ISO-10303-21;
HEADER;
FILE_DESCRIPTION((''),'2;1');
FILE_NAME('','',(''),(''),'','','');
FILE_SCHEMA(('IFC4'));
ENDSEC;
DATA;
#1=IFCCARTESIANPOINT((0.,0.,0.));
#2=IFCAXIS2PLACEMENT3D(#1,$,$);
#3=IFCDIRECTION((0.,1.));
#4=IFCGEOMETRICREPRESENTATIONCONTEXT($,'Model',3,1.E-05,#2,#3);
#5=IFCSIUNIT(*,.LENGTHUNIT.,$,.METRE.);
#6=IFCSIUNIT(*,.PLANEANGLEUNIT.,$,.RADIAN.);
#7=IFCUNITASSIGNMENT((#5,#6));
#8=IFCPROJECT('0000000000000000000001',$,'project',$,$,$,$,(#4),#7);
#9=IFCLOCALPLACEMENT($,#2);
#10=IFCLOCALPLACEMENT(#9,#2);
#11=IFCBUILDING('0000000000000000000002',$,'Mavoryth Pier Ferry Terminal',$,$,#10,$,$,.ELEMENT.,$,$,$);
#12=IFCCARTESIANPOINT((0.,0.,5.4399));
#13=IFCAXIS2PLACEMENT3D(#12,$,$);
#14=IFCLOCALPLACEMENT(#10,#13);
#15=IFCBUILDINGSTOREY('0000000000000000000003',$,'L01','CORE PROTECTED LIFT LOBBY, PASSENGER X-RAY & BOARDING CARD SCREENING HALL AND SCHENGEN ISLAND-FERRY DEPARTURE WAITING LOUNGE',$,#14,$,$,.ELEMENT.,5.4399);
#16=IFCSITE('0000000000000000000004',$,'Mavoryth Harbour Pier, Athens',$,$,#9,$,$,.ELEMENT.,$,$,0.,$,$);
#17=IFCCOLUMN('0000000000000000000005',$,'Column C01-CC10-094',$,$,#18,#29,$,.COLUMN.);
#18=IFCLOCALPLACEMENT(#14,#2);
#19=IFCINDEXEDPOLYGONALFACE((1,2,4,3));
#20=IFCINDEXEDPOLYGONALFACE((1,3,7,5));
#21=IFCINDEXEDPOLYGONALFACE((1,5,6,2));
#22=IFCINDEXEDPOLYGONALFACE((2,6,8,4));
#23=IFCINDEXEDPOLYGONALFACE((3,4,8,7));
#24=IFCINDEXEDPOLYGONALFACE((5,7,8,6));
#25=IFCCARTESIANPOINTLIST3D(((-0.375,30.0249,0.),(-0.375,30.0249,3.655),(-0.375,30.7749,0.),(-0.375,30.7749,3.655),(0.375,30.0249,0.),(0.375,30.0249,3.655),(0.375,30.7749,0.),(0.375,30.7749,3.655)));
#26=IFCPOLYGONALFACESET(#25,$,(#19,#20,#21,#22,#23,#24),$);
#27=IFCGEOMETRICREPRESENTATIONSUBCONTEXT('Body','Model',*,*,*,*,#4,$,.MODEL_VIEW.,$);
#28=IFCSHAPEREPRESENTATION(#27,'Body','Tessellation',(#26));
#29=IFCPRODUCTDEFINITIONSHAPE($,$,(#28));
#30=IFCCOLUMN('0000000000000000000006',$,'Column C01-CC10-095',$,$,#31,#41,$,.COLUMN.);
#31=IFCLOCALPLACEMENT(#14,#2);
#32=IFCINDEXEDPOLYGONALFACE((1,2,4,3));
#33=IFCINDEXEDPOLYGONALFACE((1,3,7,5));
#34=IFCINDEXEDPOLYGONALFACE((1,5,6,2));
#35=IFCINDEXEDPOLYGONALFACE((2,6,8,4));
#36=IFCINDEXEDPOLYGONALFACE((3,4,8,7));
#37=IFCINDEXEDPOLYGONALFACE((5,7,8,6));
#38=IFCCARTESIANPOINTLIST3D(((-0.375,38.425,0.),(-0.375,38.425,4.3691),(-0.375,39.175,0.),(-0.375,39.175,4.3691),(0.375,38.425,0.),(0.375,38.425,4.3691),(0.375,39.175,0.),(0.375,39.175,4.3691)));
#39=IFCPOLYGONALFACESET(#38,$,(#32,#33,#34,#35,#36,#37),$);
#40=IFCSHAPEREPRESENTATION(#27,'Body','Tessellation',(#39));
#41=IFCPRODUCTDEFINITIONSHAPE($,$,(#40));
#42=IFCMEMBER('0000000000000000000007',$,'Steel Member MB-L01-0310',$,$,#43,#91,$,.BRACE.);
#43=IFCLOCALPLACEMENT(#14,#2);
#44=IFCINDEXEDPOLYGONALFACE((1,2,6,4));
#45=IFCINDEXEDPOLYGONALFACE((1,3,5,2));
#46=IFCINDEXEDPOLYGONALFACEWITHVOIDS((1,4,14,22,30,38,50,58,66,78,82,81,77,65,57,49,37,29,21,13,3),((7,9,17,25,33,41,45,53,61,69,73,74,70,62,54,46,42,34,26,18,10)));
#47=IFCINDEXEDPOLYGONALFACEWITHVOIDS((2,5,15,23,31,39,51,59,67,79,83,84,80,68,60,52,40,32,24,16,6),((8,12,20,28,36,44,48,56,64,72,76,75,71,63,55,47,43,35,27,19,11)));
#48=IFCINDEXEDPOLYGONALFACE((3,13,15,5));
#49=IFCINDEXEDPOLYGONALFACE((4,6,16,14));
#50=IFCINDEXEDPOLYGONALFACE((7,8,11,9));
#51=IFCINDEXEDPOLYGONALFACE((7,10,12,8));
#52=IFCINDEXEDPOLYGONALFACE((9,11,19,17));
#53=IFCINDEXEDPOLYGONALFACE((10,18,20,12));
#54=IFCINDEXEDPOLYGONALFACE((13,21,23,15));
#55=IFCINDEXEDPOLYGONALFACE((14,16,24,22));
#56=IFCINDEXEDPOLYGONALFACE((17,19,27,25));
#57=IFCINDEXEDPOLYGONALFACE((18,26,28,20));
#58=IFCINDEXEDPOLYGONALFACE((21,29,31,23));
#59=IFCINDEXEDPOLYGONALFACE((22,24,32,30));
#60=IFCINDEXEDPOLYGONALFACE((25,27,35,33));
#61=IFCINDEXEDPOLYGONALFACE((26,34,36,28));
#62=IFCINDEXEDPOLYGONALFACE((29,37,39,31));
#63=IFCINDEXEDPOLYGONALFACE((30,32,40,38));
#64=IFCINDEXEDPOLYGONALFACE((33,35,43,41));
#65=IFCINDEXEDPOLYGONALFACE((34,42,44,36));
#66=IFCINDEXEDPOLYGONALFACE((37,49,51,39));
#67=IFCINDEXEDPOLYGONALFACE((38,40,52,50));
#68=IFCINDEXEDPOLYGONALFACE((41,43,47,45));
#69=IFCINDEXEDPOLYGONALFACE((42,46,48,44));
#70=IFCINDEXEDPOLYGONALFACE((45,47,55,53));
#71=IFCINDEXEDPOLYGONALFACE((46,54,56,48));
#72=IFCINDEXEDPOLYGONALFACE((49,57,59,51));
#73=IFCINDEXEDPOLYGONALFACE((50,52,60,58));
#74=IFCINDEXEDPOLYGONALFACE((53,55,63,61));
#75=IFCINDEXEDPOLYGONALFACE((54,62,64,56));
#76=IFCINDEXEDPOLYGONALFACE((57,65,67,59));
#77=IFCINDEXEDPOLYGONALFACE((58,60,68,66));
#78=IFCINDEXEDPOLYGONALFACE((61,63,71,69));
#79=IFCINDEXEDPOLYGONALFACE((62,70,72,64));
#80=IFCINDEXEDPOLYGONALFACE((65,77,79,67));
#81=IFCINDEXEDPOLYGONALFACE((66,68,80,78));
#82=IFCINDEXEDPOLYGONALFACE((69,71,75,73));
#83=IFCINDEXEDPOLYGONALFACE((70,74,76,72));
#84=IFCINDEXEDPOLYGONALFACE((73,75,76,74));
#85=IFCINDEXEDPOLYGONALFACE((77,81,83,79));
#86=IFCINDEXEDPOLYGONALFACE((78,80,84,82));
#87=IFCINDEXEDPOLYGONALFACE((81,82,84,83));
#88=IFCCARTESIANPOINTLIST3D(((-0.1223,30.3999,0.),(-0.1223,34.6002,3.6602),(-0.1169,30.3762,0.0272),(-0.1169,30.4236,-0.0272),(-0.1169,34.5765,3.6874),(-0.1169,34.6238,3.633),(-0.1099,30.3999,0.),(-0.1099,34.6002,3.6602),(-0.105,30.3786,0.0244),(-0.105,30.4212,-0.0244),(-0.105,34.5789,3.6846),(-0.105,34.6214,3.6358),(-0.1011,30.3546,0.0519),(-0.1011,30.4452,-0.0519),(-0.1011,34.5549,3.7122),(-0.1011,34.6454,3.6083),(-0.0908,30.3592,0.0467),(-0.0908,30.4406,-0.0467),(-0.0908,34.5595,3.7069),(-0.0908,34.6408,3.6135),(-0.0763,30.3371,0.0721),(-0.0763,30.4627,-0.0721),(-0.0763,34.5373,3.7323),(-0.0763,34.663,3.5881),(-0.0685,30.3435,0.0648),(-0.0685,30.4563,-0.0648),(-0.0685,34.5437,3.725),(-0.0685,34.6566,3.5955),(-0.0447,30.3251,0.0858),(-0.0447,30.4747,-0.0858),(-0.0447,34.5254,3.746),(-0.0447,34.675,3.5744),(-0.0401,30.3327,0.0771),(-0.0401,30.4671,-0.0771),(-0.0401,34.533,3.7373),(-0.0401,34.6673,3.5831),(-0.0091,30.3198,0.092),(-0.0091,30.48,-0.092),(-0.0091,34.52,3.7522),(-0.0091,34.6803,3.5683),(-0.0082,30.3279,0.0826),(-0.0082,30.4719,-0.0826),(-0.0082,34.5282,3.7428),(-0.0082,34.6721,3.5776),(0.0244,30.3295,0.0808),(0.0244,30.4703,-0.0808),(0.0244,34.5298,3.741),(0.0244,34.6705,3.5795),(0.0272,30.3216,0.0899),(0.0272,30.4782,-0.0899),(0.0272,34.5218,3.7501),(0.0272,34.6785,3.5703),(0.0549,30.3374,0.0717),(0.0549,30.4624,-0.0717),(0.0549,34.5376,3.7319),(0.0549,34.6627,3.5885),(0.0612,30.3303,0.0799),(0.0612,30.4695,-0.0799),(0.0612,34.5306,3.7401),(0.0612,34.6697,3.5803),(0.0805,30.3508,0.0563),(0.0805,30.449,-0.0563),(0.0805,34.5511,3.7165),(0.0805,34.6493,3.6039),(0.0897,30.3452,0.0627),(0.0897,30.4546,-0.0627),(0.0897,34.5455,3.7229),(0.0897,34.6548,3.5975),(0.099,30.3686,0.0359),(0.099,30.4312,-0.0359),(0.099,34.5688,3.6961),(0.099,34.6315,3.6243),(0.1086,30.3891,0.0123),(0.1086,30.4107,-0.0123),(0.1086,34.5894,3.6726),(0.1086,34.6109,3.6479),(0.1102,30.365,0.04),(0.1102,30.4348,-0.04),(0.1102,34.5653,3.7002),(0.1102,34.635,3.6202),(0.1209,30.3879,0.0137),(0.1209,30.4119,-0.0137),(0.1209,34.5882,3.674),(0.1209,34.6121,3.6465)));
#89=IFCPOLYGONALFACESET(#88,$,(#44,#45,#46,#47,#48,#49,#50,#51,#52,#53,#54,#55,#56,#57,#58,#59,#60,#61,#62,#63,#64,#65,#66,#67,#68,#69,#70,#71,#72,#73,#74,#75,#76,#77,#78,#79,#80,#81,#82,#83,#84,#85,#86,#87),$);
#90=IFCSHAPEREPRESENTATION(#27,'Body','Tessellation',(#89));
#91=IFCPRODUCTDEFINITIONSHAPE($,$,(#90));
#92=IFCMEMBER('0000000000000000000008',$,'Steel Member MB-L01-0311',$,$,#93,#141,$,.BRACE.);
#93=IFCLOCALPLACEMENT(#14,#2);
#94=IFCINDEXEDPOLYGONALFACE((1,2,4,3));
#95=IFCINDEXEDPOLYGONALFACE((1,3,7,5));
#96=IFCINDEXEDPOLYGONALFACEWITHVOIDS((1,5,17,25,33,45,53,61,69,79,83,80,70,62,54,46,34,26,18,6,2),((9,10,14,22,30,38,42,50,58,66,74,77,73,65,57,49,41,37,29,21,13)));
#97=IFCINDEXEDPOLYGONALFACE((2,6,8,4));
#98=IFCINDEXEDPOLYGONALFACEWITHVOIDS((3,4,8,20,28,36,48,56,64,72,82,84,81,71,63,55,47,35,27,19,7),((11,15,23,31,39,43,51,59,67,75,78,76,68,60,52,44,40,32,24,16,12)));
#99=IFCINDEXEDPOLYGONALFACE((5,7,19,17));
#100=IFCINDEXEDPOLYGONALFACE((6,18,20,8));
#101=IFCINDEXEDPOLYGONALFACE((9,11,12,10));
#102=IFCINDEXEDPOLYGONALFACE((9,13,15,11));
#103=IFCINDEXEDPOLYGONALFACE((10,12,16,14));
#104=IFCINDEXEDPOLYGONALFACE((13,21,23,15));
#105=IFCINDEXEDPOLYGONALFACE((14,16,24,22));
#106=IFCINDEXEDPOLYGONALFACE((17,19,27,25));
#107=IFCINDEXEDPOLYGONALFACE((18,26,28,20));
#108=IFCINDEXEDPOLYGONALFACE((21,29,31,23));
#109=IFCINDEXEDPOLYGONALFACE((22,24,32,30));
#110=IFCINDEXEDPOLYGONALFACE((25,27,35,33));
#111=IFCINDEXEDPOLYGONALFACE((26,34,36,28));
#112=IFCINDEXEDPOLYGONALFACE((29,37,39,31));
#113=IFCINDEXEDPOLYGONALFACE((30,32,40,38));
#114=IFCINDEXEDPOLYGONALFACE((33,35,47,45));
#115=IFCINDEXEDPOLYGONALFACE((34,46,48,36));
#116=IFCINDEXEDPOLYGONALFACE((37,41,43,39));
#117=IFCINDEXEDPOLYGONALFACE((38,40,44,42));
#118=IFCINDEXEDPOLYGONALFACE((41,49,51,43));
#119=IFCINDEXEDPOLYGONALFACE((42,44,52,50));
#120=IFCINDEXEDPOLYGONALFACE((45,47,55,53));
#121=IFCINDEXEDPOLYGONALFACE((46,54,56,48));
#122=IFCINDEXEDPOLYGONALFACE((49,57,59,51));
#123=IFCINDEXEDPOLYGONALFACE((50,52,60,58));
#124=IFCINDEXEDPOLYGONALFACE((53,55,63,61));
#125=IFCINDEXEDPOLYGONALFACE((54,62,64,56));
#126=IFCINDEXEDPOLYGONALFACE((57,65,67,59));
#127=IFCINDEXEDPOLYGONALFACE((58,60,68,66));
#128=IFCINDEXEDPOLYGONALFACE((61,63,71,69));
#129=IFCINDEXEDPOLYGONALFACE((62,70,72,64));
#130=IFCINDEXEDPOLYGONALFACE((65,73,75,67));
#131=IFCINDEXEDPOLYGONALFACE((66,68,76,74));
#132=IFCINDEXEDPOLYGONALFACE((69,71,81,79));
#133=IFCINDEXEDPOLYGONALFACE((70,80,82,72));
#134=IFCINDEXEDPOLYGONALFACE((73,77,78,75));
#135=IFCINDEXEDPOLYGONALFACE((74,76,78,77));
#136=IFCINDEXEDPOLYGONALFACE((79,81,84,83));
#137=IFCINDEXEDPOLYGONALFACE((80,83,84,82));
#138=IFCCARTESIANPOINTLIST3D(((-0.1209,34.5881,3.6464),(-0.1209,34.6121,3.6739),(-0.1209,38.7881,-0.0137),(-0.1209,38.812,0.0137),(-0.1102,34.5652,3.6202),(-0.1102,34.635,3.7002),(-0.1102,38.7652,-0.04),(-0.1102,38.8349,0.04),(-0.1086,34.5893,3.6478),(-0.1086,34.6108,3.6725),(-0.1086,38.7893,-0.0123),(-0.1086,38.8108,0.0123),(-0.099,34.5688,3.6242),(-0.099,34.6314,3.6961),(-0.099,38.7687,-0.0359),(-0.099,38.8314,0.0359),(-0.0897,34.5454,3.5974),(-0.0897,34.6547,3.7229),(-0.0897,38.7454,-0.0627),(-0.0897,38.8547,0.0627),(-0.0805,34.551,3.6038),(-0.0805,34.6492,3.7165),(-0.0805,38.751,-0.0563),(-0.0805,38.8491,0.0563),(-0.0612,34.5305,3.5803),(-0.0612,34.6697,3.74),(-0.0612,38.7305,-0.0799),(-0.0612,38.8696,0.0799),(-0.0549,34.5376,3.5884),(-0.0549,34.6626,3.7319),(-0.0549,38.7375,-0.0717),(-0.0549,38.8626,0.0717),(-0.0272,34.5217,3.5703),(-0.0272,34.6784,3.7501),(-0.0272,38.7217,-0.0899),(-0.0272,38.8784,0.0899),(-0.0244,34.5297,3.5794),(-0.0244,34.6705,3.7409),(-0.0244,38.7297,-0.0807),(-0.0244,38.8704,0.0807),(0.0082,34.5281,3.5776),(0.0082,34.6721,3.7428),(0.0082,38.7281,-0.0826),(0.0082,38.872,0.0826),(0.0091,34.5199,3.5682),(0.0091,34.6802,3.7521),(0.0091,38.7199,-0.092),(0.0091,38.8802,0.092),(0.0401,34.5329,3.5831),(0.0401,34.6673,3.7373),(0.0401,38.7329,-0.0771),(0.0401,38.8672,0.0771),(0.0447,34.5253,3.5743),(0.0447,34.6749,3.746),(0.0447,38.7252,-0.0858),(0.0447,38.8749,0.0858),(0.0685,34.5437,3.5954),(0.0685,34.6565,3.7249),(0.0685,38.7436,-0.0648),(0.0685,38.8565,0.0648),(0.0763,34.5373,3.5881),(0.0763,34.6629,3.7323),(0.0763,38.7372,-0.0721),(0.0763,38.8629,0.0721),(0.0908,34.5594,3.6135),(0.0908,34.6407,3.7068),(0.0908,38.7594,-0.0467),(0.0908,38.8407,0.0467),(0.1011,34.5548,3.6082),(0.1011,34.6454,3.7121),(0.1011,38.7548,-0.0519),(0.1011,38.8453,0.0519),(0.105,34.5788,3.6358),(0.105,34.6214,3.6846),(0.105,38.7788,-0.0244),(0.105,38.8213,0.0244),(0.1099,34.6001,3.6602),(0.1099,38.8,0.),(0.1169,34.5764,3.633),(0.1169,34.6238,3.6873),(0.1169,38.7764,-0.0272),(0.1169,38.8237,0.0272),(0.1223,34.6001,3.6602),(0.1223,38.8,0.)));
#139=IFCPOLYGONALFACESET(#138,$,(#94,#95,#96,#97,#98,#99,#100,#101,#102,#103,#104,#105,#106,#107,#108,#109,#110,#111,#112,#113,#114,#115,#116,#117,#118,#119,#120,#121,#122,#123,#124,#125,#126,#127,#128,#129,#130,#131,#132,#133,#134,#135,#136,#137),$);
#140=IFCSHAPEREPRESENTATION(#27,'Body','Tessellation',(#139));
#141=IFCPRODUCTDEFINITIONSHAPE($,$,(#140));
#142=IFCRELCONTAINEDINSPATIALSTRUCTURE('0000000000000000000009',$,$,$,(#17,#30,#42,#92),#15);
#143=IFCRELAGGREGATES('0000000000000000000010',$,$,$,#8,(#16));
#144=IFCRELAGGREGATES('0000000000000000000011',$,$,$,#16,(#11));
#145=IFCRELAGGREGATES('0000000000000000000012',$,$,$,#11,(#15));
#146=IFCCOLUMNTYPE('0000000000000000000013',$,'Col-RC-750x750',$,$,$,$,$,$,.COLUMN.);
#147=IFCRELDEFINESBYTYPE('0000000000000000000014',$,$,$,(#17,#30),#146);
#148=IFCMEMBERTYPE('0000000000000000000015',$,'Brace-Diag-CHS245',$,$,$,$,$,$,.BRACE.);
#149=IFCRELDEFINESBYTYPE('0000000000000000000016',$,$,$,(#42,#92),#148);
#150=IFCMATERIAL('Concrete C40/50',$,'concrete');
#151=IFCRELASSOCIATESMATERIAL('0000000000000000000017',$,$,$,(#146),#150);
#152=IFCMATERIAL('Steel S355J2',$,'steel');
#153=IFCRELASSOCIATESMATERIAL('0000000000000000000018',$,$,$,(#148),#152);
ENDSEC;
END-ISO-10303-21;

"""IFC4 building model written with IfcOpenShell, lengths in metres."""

from ifc_helpers import new_model, si_unit, direction, frame, origin, origin_2d, place, context, subcontext, project, spatial, rectangle, hollow_circle, extrude, material, material_profile, profile_set, type_object, element, save


model = new_model("IFC4")

# Units and contexts
model_context = context("Model", 3, precision=1e-05, world=origin(), true_north=direction((0.0, 1.0)))
body_context = subcontext(model_context, "Body", "Model", "MODEL_VIEW")
ifc_project = project(units=[si_unit("LENGTHUNIT", "METRE"), si_unit("PLANEANGLEUNIT", "RADIAN")], contexts=[model_context])

# Site, building, storey
site_placement = place(None, origin())
site = spatial("IfcSite", under=ifc_project, at=site_placement, Name="Mavoryth Harbour Pier, Athens", CompositionType="ELEMENT", RefElevation=0.0)
building_placement = place(site_placement, origin())
building = spatial("IfcBuilding", under=site, at=building_placement, Name="Mavoryth Pier Ferry Terminal", CompositionType="ELEMENT")
storey_placement = place(building_placement, frame((0.0, 0.0, 5.4399)))
storey = spatial("IfcBuildingStorey", under=building, at=storey_placement, Name="L01", Description="CORE PROTECTED LIFT LOBBY, PASSENGER X-RAY & BOARDING CARD SCREENING HALL AND SCHENGEN ISLAND-FERRY DEPARTURE WAITING LOUNGE", CompositionType="ELEMENT", Elevation=5.4399)

# Columns
ifc_material_1 = material(Name="Concrete C40/50", Category="concrete")
ifc_material_profile_1 = material_profile(ifc_material_1, rectangle(XDim=0.75, YDim=0.75, at=origin_2d()), Name="RC 750x750", Category="concrete")
ifc_profile_set_1 = profile_set([ifc_material_profile_1], Name="Concrete C40/50 - RC 750x750")
column_type = type_object("IfcColumnType", Name="Col-RC-750x750", PredefinedType="COLUMN", material=ifc_profile_set_1)
column_1_placement = place(storey_placement, frame((0.0, 30.3999, 0.0), z_axis=(0.0, 0.0, 1.0), x_axis=(1.0, 0.0, 0.0)))
element("IfcColumn", 1, at=column_1_placement, inside=storey, type_object=column_type, Name="Column C01-CC10-094", PredefinedType="COLUMN", context=body_context, shape_type="SweptSolid", body=[
    extrude(rectangle(XDim=0.75, YDim=0.75, at=origin_2d()), origin(), (0.0, 0.0, 1.0), 3.655),
])
column_2_placement = place(storey_placement, frame((0.0, 38.8, 0.0), z_axis=(0.0, 0.0, 1.0), x_axis=(1.0, 0.0, 0.0)))
element("IfcColumn", 2, at=column_2_placement, inside=storey, type_object=column_type, Name="Column C01-CC10-095", PredefinedType="COLUMN", context=body_context, shape_type="SweptSolid", body=[
    extrude(rectangle(XDim=0.75, YDim=0.75, at=origin_2d()), origin(), (0.0, 0.0, 1.0), 4.3691),
])

# Members
ifc_material_2 = material(Name="Steel S355J2", Category="steel")
ifc_material_profile_2 = material_profile(ifc_material_2, hollow_circle(Radius=0.1223, WallThickness=0.0125, at=origin_2d()), Name="CHS 244.5x12.5", Category="steel")
ifc_profile_set_2 = profile_set([ifc_material_profile_2], Name="Steel S355J2 - CHS 244.5x12.5")
member_type_1 = type_object("IfcMemberType", Name="Brace-Diag-CHS245", PredefinedType="BRACE", material=ifc_profile_set_2)
member_1_placement = place(storey_placement, frame((0.0, 30.3999, 0.0), z_axis=(0.0, 0.753911, 0.656977), x_axis=(-1.0, 0.0, 0.0)))
element("IfcMember", 3, at=member_1_placement, inside=storey, type_object=member_type_1, Name="Steel Member MB-L01-0310", PredefinedType="BRACE", context=body_context, shape_type="SweptSolid", body=[
    extrude(hollow_circle(Radius=0.1223, WallThickness=0.0125, at=origin_2d()), origin(), (0.0, 0.0, 1.0), 5.5713),
])
member_2_placement = place(storey_placement, frame((0.0, 38.8, 0.0), z_axis=(0.0, -0.753892, 0.656999), x_axis=(1.0, 0.0, 0.0)))
element("IfcMember", 4, at=member_2_placement, inside=storey, type_object=member_type_1, Name="Steel Member MB-L01-0311", PredefinedType="BRACE", context=body_context, shape_type="SweptSolid", body=[
    extrude(hollow_circle(Radius=0.1223, WallThickness=0.0125, at=origin_2d()), origin(), (0.0, 0.0, 1.0), 5.571),
])

save(model, "model.ifc")
